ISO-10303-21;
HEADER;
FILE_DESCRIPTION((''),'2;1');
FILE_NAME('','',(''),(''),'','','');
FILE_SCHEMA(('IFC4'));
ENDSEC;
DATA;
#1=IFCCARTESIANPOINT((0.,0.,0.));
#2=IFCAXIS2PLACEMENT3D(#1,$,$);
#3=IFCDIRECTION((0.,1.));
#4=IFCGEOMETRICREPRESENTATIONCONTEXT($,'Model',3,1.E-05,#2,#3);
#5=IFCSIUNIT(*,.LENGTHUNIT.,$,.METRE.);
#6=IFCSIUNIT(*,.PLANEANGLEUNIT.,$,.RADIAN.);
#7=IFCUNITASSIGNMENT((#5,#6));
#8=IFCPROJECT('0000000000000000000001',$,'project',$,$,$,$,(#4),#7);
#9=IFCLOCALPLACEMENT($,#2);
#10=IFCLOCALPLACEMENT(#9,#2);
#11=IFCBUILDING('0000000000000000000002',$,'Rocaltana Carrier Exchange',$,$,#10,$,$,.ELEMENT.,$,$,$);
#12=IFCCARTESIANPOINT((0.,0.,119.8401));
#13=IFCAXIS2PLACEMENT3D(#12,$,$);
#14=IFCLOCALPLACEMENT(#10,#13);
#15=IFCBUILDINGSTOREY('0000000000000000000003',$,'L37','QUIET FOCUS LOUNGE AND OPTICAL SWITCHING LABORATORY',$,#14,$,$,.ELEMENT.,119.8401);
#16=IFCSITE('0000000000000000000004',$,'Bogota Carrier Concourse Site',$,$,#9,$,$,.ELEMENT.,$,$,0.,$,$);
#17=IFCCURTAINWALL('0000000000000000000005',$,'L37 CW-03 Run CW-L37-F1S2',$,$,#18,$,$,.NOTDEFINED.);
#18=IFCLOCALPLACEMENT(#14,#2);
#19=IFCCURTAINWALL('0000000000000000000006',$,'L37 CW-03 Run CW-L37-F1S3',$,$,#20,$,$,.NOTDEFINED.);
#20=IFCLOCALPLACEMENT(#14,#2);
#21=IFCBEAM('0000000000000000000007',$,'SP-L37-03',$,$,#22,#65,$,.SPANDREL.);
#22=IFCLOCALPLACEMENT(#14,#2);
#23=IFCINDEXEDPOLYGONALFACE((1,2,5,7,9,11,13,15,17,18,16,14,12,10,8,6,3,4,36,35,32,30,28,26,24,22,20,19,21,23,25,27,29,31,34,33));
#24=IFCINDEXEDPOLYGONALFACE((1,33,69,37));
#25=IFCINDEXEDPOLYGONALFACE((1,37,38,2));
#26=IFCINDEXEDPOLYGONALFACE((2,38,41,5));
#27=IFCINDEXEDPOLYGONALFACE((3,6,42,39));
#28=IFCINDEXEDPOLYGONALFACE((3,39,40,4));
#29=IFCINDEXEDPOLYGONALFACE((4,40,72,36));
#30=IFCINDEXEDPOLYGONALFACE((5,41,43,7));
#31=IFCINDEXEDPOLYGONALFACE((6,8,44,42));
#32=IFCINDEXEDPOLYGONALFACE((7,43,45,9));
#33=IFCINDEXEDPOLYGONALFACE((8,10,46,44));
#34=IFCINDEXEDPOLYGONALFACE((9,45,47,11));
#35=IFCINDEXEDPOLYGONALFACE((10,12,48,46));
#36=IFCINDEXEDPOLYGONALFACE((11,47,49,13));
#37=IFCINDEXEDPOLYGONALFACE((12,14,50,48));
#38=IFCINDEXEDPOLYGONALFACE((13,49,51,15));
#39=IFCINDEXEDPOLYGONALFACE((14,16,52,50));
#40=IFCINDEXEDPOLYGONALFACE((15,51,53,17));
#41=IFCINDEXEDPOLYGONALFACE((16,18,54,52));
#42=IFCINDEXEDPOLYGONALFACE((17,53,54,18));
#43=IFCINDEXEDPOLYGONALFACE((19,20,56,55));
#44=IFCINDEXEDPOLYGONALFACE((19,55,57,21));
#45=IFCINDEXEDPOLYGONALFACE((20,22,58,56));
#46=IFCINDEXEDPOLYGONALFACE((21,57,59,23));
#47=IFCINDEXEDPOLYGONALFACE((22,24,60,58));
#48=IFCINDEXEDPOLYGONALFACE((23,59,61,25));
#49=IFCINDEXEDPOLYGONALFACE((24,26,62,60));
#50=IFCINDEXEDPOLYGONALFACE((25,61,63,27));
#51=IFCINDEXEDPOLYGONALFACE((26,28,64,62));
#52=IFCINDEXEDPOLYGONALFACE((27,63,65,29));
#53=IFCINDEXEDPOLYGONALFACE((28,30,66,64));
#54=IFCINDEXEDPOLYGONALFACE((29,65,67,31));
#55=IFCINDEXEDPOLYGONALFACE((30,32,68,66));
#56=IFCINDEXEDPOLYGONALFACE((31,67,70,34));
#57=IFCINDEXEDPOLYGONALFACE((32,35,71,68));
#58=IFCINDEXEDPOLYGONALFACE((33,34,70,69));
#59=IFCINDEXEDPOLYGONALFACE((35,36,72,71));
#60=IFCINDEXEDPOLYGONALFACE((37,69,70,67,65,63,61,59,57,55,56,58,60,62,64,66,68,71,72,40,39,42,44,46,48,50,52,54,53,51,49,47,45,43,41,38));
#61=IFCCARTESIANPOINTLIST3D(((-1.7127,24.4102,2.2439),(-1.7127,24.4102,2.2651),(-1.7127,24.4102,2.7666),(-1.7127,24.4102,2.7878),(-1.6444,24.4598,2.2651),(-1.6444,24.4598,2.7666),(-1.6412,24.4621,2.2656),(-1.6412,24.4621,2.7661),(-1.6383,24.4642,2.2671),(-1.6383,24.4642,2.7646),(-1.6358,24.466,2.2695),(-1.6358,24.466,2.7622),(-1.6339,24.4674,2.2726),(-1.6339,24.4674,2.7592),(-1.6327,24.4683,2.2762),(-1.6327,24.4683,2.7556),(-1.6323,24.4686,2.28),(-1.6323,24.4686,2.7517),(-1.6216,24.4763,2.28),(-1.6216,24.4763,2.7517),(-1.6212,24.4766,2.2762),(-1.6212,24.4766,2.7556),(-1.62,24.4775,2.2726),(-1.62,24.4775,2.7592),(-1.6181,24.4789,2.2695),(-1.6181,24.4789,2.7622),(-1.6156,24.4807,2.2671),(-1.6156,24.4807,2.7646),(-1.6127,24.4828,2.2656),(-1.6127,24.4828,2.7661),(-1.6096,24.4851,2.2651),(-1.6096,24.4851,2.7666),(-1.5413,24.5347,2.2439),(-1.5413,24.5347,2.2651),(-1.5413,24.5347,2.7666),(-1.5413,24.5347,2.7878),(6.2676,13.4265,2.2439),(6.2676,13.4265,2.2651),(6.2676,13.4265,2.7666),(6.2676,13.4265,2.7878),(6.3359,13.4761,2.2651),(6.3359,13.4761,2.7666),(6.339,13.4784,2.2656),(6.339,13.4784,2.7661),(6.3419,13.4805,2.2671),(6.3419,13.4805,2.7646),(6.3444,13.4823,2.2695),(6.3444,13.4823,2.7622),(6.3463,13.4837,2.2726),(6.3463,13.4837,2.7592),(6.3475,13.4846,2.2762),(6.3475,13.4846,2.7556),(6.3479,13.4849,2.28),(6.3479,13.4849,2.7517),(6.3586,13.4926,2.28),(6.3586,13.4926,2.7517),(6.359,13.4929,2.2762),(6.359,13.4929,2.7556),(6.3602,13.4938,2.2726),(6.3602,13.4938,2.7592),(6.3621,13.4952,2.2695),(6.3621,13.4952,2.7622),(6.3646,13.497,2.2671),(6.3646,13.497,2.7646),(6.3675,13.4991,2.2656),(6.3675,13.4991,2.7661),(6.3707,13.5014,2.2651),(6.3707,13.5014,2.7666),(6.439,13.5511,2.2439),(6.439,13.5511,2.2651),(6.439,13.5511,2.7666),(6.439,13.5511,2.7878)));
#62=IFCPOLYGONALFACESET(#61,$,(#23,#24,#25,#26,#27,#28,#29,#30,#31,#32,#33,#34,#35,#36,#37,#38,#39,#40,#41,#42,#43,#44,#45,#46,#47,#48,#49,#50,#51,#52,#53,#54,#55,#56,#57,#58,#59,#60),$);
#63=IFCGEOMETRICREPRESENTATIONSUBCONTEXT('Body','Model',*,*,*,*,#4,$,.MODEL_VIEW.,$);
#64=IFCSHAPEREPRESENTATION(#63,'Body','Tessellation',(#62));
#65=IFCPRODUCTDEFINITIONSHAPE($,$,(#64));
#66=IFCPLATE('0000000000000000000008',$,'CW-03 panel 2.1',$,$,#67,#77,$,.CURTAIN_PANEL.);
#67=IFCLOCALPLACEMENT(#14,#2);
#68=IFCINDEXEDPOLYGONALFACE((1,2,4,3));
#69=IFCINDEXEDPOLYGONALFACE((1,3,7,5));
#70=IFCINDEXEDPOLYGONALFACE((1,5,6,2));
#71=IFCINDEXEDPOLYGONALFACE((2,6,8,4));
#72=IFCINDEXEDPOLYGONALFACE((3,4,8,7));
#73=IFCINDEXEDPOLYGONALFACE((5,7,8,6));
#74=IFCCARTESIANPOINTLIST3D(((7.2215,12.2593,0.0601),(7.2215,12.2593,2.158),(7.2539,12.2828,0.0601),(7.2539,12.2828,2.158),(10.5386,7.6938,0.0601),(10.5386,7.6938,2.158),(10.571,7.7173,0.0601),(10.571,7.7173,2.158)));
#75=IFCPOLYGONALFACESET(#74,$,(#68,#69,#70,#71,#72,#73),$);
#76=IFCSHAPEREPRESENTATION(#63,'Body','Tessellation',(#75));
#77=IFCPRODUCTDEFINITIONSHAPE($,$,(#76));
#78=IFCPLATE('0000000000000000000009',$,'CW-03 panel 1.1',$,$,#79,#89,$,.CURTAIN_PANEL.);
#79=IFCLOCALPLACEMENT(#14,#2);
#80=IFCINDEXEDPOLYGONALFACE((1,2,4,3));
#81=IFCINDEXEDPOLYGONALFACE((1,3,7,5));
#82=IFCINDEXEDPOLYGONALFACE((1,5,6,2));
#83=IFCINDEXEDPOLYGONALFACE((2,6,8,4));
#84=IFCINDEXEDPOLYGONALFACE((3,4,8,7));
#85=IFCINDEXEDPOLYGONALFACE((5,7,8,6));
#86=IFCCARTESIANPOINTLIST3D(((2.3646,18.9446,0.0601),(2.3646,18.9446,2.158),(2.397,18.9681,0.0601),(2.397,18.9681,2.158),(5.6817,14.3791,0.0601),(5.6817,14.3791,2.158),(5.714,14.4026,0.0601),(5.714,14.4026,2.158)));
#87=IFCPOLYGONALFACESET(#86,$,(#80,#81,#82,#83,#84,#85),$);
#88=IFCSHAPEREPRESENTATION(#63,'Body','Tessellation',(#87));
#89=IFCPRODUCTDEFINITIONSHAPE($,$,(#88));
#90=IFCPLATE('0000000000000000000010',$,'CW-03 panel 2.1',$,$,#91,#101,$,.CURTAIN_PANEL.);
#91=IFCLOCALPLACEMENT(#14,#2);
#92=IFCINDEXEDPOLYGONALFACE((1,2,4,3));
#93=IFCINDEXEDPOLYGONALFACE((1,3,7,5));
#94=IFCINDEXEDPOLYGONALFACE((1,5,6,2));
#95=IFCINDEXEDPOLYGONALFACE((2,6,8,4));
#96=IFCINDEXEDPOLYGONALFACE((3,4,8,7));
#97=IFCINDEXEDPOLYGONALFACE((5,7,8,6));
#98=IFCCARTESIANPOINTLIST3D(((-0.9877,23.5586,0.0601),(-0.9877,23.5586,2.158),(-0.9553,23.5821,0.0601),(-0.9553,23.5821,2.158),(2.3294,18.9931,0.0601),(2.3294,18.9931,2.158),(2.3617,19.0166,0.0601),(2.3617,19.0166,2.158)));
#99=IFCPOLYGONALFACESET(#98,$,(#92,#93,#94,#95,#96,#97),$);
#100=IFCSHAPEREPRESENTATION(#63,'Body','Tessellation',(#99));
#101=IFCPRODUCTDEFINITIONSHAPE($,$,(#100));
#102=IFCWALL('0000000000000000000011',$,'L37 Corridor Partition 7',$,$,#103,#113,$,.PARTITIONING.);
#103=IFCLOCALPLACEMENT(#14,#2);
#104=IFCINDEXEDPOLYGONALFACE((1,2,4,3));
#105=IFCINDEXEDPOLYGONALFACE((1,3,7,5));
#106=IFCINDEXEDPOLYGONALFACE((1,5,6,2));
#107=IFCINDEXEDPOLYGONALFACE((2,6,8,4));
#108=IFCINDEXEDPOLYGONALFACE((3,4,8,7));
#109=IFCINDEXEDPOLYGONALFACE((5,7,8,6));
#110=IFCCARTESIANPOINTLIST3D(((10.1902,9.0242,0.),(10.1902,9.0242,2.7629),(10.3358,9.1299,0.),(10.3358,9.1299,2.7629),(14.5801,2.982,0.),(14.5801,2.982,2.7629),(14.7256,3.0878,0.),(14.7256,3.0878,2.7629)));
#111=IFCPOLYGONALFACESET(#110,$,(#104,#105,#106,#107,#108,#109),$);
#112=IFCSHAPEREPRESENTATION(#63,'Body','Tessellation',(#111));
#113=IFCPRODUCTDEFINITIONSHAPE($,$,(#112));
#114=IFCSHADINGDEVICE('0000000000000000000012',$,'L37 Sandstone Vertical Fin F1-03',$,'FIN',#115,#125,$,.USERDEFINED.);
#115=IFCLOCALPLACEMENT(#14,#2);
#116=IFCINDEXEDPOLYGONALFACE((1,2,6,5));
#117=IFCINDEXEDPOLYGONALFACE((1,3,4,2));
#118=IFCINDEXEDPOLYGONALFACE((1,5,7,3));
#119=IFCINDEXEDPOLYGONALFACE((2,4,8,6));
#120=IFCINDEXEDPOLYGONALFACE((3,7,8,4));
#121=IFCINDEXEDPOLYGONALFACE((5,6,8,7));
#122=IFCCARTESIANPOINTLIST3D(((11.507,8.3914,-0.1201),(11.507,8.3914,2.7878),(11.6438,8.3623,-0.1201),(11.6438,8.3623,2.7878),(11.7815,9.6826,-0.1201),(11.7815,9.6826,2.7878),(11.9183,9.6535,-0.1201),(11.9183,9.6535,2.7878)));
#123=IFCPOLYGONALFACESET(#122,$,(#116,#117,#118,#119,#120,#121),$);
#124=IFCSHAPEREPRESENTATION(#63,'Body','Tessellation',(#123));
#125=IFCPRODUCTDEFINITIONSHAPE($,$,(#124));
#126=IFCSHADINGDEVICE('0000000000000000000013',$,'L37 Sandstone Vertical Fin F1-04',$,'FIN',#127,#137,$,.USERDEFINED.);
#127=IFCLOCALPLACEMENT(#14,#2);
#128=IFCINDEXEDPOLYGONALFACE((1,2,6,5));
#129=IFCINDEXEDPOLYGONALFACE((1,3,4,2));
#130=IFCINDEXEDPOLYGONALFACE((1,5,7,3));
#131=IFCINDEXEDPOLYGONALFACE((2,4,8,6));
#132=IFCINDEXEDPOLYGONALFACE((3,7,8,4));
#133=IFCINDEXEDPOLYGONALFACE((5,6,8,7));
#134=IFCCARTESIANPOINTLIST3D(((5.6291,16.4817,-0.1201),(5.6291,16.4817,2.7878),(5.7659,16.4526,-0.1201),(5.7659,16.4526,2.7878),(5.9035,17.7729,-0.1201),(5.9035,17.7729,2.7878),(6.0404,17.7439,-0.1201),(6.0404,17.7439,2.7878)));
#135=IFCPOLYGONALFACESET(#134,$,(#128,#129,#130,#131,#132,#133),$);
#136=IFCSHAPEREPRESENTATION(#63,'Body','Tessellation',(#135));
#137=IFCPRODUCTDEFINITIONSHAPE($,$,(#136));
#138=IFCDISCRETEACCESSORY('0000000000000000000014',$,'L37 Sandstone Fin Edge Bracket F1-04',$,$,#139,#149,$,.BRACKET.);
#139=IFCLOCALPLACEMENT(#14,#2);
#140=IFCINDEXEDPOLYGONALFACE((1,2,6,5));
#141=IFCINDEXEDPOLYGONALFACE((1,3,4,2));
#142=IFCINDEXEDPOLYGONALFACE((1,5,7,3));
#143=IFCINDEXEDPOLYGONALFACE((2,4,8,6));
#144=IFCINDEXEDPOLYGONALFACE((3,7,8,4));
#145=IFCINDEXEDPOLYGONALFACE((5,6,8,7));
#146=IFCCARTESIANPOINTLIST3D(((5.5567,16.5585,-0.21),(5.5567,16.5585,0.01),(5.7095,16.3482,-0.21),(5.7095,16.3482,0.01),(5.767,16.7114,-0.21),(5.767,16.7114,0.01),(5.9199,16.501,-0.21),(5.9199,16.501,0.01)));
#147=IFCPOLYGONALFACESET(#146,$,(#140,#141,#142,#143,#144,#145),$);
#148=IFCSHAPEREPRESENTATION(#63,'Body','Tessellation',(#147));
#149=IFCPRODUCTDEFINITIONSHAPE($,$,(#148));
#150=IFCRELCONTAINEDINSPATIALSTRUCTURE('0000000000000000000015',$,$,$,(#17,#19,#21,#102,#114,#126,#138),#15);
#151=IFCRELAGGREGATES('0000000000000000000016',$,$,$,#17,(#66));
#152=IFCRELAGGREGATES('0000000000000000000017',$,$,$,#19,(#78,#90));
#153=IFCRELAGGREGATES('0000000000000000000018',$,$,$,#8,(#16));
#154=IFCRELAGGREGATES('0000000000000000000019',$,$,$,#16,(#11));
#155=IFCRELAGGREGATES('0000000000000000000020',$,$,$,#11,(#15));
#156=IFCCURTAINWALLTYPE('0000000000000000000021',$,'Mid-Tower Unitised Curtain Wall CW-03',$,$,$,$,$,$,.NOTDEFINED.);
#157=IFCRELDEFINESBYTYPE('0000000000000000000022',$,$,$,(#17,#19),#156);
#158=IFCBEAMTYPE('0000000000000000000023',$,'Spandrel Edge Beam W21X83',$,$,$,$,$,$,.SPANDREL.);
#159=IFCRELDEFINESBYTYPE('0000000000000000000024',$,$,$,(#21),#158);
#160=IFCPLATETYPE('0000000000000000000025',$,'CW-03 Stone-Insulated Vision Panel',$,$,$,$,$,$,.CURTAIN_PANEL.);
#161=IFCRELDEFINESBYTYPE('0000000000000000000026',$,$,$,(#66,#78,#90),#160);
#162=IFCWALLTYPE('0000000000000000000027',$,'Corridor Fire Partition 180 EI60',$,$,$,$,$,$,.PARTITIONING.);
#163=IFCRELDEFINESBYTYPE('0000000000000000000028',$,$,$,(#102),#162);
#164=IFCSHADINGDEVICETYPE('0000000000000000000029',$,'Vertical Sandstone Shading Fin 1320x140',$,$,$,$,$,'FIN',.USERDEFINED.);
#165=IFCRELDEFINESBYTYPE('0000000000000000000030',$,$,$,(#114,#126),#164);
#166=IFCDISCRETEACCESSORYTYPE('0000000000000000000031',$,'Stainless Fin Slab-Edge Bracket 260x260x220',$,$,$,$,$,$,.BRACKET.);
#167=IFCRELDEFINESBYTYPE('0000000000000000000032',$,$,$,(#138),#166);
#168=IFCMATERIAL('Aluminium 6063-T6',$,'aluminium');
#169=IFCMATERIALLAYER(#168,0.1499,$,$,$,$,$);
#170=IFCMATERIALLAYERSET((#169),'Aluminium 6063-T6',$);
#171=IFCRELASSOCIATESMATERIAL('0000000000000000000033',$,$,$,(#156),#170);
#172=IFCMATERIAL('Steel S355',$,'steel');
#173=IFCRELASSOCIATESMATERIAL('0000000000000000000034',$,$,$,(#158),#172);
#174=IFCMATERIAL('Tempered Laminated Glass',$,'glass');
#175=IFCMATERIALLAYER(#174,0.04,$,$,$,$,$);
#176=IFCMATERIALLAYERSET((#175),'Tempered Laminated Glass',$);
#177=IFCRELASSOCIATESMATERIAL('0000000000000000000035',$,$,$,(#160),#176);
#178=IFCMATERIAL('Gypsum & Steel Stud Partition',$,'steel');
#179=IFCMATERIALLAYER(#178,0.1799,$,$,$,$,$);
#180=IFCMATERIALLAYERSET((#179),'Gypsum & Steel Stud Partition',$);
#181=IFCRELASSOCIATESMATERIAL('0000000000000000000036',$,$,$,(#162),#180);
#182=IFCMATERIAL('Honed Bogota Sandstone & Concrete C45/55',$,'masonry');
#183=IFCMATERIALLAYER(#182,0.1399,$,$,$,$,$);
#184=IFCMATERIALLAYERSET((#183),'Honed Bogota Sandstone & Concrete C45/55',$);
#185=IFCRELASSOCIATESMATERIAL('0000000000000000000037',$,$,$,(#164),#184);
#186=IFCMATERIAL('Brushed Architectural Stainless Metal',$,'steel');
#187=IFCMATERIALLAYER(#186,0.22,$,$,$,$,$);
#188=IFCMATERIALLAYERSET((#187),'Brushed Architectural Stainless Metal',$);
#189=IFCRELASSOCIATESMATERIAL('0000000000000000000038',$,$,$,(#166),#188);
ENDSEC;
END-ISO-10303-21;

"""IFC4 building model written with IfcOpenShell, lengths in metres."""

from ifc_helpers import new_model, si_unit, direction, frame, frame_2d, origin, origin_2d, place, context, subcontext, project, spatial, rectangle, i_section, extrude, material, layer, layer_set, material_profile, profile_set, type_object, element, aggregate, save


model = new_model("IFC4")

# Units and contexts
model_context = context("Model", 3, precision=1e-05, world=origin(), true_north=direction((0.0, 1.0)))
body_context = subcontext(model_context, "Body", "Model", "MODEL_VIEW")
ifc_project = project(units=[si_unit("LENGTHUNIT", "METRE"), si_unit("PLANEANGLEUNIT", "RADIAN")], contexts=[model_context])

# Site, building, storey
site_placement = place(None, origin())
site = spatial("IfcSite", under=ifc_project, at=site_placement, Name="Bogota Carrier Concourse Site", CompositionType="ELEMENT", RefElevation=0.0)
building_placement = place(site_placement, origin())
building = spatial("IfcBuilding", under=site, at=building_placement, Name="Rocaltana Carrier Exchange", CompositionType="ELEMENT")
storey_placement = place(building_placement, frame((0.0, 0.0, 119.8401)))
storey = spatial("IfcBuildingStorey", under=building, at=storey_placement, Name="L37", Description="QUIET FOCUS LOUNGE AND OPTICAL SWITCHING LABORATORY", CompositionType="ELEMENT", Elevation=119.8401)

# Curtain wall
ifc_material_1 = material(Name="Aluminium 6063-T6", Category="aluminium")
ifc_layer_1 = layer(ifc_material_1, 0.1499)
ifc_layer_set_1 = layer_set([ifc_layer_1], Name="Aluminium 6063-T6")
curtain_wall_type = type_object("IfcCurtainWallType", Name="Mid-Tower Unitised Curtain Wall CW-03", PredefinedType="NOTDEFINED", material=ifc_layer_set_1)
curtain_wall_1_placement = place(storey_placement, origin())
curtain_wall_1 = element("IfcCurtainWall", 1, at=curtain_wall_1_placement, inside=storey, type_object=curtain_wall_type, Name="L37 CW-03 Run CW-L37-F1S2", PredefinedType="NOTDEFINED")

# Curtain wall
curtain_wall_2_placement = place(storey_placement, origin())
curtain_wall_2 = element("IfcCurtainWall", 2, at=curtain_wall_2_placement, inside=storey, type_object=curtain_wall_type, Name="L37 CW-03 Run CW-L37-F1S3", PredefinedType="NOTDEFINED")

# Beam
ifc_material_2 = material(Name="Steel S355", Category="steel")
ifc_material_profile_1 = material_profile(ifc_material_2, i_section(OverallWidth=0.2119, OverallDepth=0.5439, WebThickness=0.0132, FlangeThickness=0.0212, FilletRadius=0.0149, at=origin_2d()), Name="W21X83")
ifc_profile_set_1 = profile_set([ifc_material_profile_1], Name="Steel S355")
beam_type_1 = type_object("IfcBeamType", Name="Spandrel Edge Beam W21X83", PredefinedType="SPANDREL", material=ifc_profile_set_1)
beam_1_placement = place(storey_placement, frame((6.3533, 13.4888, 2.5159), z_axis=(-0.587792, 0.809012, 0.0), x_axis=(-0.809012, -0.587792, 0.0)))
element("IfcBeam", 3, at=beam_1_placement, inside=storey, type_object=beam_type_1, Name="SP-L37-03", PredefinedType="SPANDREL", context=body_context, shape_type="SweptSolid", body=[
    extrude(i_section(OverallWidth=0.2119, OverallDepth=0.5439, WebThickness=0.0132, FlangeThickness=0.0212, FilletRadius=0.0149, at=origin_2d()), origin(), (0.0, 0.0, 1.0), 13.5767),
])

# Plates
ifc_material_3 = material(Name="Tempered Laminated Glass", Category="glass")
ifc_layer_2 = layer(ifc_material_3, 0.04)
ifc_layer_set_2 = layer_set([ifc_layer_2], Name="Tempered Laminated Glass")
plate_type = type_object("IfcPlateType", Name="CW-03 Stone-Insulated Vision Panel", PredefinedType="CURTAIN_PANEL", material=ifc_layer_set_2)
plate_1_placement = place(storey_placement, frame((8.8962, 9.9883, 0.0601), z_axis=(0.0, 0.0, 1.0), x_axis=(-0.58779, 0.809014, 0.0)))
plate_1 = element("IfcPlate", 4, at=plate_1_placement, type_object=plate_type, Name="CW-03 panel 2.1", PredefinedType="CURTAIN_PANEL", context=body_context, shape_type="SweptSolid", body=[
    extrude(rectangle(XDim=5.6433, YDim=0.04, at=origin_2d()), origin(), (0.0, 0.0, 1.0), 2.0979),
])
aggregate(curtain_wall_1, [plate_1])
plate_2_placement = place(storey_placement, frame((4.0393, 16.6736, 0.0601), z_axis=(0.0, 0.0, 1.0), x_axis=(-0.58779, 0.809014, 0.0)))
plate_2 = element("IfcPlate", 5, at=plate_2_placement, type_object=plate_type, Name="CW-03 panel 1.1", PredefinedType="CURTAIN_PANEL", context=body_context, shape_type="SweptSolid", body=[
    extrude(rectangle(XDim=5.6433, YDim=0.04, at=origin_2d()), origin(), (0.0, 0.0, 1.0), 2.0979),
])
plate_3_placement = place(storey_placement, frame((0.687, 21.2876, 0.0601), z_axis=(0.0, 0.0, 1.0), x_axis=(-0.58779, 0.809014, 0.0)))
plate_3 = element("IfcPlate", 6, at=plate_3_placement, type_object=plate_type, Name="CW-03 panel 2.1", PredefinedType="CURTAIN_PANEL", context=body_context, shape_type="SweptSolid", body=[
    extrude(rectangle(XDim=5.6433, YDim=0.04, at=origin_2d()), origin(), (0.0, 0.0, 1.0), 2.0979),
])
aggregate(curtain_wall_2, [plate_2, plate_3])

# Wall
ifc_material_4 = material(Name="Gypsum & Steel Stud Partition", Category="steel")
ifc_layer_3 = layer(ifc_material_4, 0.1799)
ifc_layer_set_3 = layer_set([ifc_layer_3], Name="Gypsum & Steel Stud Partition")
wall_type = type_object("IfcWallType", Name="Corridor Fire Partition 180 EI60", PredefinedType="PARTITIONING", material=ifc_layer_set_3)
wall_placement = place(storey_placement, frame((10.2629, 9.0771, 0.0), z_axis=(0.0, 0.0, 1.0), x_axis=(0.587781, -0.80902, 0.0)))
element("IfcWall", 7, at=wall_placement, inside=storey, type_object=wall_type, Name="L37 Corridor Partition 7", PredefinedType="PARTITIONING", context=body_context, shape_type="SweptSolid", body=[
    extrude(rectangle(XDim=7.4685, YDim=0.1799, at=frame_2d((3.7344, 0.0))), origin(), (0.0, 0.0, 1.0), 2.7629),
])

# Shading devices
ifc_material_5 = material(Name="Honed Bogota Sandstone & Concrete C45/55", Category="masonry")
ifc_layer_4 = layer(ifc_material_5, 0.1399)
ifc_layer_set_4 = layer_set([ifc_layer_4], Name="Honed Bogota Sandstone & Concrete C45/55")
shading_device_type = type_object("IfcShadingDeviceType", Name="Vertical Sandstone Shading Fin 1320x140", ElementType="FIN", PredefinedType="USERDEFINED", material=ifc_layer_set_4)
for number, where, z_axis, x_axis, name in (
    (8, (11.7126, 9.0225, -0.1201), (0.0, 0.0, 1.0), (0.207912, 0.978148, 0.0), "L37 Sandstone Vertical Fin F1-03"),
    (9, (5.8347, 17.1128, -0.1201), (0.0, 0.0, 1.0), (0.207912, 0.978148, 0.0), "L37 Sandstone Vertical Fin F1-04"),
):
    element("IfcShadingDevice", number, at=place(storey_placement, frame(where, z_axis=z_axis, x_axis=x_axis)), inside=storey, type_object=shading_device_type, Name=name, ObjectType="FIN", PredefinedType="USERDEFINED", context=body_context, shape_type="SweptSolid", body=[
        extrude(rectangle(XDim=1.3201, YDim=0.1399, at=origin_2d()), origin(), (0.0, 0.0, 1.0), 2.908),
    ])

# Discrete accessory
ifc_material_6 = material(Name="Brushed Architectural Stainless Metal", Category="steel")
ifc_layer_5 = layer(ifc_material_6, 0.22)
ifc_layer_set_5 = layer_set([ifc_layer_5], Name="Brushed Architectural Stainless Metal")
discrete_accessory_type = type_object("IfcDiscreteAccessoryType", Name="Stainless Fin Slab-Edge Bracket 260x260x220", PredefinedType="BRACKET", material=ifc_layer_set_5)
discrete_accessory_placement = place(storey_placement, frame((5.7383, 16.5298, -0.21), z_axis=(0.0, 0.0, 1.0), x_axis=(-0.587785, 0.809017, 0.0)))
element("IfcDiscreteAccessory", 10, at=discrete_accessory_placement, inside=storey, type_object=discrete_accessory_type, Name="L37 Sandstone Fin Edge Bracket F1-04", PredefinedType="BRACKET", context=body_context, shape_type="SweptSolid", body=[
    extrude(rectangle(XDim=0.26, YDim=0.26, at=origin_2d()), origin(), (0.0, 0.0, 1.0), 0.22),
])

save(model, "model.ifc")
